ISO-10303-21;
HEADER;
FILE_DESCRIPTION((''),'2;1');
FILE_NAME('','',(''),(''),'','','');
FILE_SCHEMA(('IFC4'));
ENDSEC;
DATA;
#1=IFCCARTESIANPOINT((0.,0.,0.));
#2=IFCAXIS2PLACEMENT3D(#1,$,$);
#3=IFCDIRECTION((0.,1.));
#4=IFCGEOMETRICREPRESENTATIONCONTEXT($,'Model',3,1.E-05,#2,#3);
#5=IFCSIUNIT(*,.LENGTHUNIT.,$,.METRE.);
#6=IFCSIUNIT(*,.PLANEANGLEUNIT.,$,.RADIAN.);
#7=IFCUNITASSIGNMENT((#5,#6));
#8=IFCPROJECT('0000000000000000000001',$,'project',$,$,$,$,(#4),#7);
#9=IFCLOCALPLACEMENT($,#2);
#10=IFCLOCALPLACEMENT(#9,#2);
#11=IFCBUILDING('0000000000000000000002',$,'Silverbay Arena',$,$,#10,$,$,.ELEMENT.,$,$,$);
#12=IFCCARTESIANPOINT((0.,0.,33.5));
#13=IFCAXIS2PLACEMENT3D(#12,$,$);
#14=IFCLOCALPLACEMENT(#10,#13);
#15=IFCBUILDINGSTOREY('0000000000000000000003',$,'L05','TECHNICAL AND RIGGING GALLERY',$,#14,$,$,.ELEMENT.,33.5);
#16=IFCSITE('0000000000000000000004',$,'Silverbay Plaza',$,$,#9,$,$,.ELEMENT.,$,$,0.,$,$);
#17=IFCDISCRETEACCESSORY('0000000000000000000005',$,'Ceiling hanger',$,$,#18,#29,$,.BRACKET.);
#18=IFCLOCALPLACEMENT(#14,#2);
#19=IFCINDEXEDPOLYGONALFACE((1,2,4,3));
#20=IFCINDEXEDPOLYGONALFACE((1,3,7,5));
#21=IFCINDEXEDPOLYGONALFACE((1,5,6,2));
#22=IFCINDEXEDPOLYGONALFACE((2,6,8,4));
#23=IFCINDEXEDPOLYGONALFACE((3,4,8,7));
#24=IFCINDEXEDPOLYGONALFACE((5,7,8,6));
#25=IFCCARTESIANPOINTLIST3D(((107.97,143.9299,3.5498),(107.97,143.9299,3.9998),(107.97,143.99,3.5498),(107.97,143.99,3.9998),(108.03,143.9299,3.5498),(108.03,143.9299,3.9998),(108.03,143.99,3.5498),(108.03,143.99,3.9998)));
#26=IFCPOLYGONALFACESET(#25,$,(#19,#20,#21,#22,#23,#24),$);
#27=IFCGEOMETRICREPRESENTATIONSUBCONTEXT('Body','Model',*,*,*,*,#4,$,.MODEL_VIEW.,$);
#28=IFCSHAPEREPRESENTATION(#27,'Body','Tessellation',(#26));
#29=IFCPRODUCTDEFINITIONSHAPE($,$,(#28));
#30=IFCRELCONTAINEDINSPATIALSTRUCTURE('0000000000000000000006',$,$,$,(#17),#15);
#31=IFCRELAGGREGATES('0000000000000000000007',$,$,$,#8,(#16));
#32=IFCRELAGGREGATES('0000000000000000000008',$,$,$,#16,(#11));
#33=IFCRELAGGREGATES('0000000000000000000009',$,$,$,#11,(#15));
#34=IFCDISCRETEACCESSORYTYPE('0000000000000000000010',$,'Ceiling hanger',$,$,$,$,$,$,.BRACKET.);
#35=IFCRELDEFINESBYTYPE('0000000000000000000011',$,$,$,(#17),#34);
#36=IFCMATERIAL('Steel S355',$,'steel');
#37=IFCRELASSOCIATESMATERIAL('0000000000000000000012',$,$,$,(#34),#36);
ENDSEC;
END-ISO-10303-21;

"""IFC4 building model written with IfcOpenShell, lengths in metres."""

from ifc_helpers import new_model, si_unit, direction, frame, origin, origin_2d, place, context, subcontext, project, spatial, rectangle, extrude, material, type_object, element, save


model = new_model("IFC4")

# Units and contexts
model_context = context("Model", 3, precision=1e-05, world=origin(), true_north=direction((0.0, 1.0)))
body_context = subcontext(model_context, "Body", "Model", "MODEL_VIEW")
ifc_project = project(units=[si_unit("LENGTHUNIT", "METRE"), si_unit("PLANEANGLEUNIT", "RADIAN")], contexts=[model_context])

# Site, building, storey
site_placement = place(None, origin())
site = spatial("IfcSite", under=ifc_project, at=site_placement, Name="Silverbay Plaza", CompositionType="ELEMENT", RefElevation=0.0)
building_placement = place(site_placement, origin())
building = spatial("IfcBuilding", under=site, at=building_placement, Name="Silverbay Arena", CompositionType="ELEMENT")
storey_placement = place(building_placement, frame((0.0, 0.0, 33.5)))
storey = spatial("IfcBuildingStorey", under=building, at=storey_placement, Name="L05", Description="TECHNICAL AND RIGGING GALLERY", CompositionType="ELEMENT", Elevation=33.5)

# Discrete accessory
ifc_material_1 = material(Name="Steel S355", Category="steel")
discrete_accessory_type = type_object("IfcDiscreteAccessoryType", Name="Ceiling hanger", PredefinedType="BRACKET", material=ifc_material_1)
for number, where, z_axis, x_axis, name in (
    (1, (108.0, 143.96, 3.5498), (0.0, 0.0, 1.0), (1.0, 0.0, 0.0), "Ceiling hanger"),
):
    element("IfcDiscreteAccessory", number, at=place(storey_placement, frame(where, z_axis=z_axis, x_axis=x_axis)), inside=storey, type_object=discrete_accessory_type, Name=name, PredefinedType="BRACKET", context=body_context, shape_type="SweptSolid", body=[
        extrude(rectangle(XDim=0.0601, YDim=0.0601, at=origin_2d()), origin(), (0.0, 0.0, 1.0), 0.45),
    ])

save(model, "model.ifc")
